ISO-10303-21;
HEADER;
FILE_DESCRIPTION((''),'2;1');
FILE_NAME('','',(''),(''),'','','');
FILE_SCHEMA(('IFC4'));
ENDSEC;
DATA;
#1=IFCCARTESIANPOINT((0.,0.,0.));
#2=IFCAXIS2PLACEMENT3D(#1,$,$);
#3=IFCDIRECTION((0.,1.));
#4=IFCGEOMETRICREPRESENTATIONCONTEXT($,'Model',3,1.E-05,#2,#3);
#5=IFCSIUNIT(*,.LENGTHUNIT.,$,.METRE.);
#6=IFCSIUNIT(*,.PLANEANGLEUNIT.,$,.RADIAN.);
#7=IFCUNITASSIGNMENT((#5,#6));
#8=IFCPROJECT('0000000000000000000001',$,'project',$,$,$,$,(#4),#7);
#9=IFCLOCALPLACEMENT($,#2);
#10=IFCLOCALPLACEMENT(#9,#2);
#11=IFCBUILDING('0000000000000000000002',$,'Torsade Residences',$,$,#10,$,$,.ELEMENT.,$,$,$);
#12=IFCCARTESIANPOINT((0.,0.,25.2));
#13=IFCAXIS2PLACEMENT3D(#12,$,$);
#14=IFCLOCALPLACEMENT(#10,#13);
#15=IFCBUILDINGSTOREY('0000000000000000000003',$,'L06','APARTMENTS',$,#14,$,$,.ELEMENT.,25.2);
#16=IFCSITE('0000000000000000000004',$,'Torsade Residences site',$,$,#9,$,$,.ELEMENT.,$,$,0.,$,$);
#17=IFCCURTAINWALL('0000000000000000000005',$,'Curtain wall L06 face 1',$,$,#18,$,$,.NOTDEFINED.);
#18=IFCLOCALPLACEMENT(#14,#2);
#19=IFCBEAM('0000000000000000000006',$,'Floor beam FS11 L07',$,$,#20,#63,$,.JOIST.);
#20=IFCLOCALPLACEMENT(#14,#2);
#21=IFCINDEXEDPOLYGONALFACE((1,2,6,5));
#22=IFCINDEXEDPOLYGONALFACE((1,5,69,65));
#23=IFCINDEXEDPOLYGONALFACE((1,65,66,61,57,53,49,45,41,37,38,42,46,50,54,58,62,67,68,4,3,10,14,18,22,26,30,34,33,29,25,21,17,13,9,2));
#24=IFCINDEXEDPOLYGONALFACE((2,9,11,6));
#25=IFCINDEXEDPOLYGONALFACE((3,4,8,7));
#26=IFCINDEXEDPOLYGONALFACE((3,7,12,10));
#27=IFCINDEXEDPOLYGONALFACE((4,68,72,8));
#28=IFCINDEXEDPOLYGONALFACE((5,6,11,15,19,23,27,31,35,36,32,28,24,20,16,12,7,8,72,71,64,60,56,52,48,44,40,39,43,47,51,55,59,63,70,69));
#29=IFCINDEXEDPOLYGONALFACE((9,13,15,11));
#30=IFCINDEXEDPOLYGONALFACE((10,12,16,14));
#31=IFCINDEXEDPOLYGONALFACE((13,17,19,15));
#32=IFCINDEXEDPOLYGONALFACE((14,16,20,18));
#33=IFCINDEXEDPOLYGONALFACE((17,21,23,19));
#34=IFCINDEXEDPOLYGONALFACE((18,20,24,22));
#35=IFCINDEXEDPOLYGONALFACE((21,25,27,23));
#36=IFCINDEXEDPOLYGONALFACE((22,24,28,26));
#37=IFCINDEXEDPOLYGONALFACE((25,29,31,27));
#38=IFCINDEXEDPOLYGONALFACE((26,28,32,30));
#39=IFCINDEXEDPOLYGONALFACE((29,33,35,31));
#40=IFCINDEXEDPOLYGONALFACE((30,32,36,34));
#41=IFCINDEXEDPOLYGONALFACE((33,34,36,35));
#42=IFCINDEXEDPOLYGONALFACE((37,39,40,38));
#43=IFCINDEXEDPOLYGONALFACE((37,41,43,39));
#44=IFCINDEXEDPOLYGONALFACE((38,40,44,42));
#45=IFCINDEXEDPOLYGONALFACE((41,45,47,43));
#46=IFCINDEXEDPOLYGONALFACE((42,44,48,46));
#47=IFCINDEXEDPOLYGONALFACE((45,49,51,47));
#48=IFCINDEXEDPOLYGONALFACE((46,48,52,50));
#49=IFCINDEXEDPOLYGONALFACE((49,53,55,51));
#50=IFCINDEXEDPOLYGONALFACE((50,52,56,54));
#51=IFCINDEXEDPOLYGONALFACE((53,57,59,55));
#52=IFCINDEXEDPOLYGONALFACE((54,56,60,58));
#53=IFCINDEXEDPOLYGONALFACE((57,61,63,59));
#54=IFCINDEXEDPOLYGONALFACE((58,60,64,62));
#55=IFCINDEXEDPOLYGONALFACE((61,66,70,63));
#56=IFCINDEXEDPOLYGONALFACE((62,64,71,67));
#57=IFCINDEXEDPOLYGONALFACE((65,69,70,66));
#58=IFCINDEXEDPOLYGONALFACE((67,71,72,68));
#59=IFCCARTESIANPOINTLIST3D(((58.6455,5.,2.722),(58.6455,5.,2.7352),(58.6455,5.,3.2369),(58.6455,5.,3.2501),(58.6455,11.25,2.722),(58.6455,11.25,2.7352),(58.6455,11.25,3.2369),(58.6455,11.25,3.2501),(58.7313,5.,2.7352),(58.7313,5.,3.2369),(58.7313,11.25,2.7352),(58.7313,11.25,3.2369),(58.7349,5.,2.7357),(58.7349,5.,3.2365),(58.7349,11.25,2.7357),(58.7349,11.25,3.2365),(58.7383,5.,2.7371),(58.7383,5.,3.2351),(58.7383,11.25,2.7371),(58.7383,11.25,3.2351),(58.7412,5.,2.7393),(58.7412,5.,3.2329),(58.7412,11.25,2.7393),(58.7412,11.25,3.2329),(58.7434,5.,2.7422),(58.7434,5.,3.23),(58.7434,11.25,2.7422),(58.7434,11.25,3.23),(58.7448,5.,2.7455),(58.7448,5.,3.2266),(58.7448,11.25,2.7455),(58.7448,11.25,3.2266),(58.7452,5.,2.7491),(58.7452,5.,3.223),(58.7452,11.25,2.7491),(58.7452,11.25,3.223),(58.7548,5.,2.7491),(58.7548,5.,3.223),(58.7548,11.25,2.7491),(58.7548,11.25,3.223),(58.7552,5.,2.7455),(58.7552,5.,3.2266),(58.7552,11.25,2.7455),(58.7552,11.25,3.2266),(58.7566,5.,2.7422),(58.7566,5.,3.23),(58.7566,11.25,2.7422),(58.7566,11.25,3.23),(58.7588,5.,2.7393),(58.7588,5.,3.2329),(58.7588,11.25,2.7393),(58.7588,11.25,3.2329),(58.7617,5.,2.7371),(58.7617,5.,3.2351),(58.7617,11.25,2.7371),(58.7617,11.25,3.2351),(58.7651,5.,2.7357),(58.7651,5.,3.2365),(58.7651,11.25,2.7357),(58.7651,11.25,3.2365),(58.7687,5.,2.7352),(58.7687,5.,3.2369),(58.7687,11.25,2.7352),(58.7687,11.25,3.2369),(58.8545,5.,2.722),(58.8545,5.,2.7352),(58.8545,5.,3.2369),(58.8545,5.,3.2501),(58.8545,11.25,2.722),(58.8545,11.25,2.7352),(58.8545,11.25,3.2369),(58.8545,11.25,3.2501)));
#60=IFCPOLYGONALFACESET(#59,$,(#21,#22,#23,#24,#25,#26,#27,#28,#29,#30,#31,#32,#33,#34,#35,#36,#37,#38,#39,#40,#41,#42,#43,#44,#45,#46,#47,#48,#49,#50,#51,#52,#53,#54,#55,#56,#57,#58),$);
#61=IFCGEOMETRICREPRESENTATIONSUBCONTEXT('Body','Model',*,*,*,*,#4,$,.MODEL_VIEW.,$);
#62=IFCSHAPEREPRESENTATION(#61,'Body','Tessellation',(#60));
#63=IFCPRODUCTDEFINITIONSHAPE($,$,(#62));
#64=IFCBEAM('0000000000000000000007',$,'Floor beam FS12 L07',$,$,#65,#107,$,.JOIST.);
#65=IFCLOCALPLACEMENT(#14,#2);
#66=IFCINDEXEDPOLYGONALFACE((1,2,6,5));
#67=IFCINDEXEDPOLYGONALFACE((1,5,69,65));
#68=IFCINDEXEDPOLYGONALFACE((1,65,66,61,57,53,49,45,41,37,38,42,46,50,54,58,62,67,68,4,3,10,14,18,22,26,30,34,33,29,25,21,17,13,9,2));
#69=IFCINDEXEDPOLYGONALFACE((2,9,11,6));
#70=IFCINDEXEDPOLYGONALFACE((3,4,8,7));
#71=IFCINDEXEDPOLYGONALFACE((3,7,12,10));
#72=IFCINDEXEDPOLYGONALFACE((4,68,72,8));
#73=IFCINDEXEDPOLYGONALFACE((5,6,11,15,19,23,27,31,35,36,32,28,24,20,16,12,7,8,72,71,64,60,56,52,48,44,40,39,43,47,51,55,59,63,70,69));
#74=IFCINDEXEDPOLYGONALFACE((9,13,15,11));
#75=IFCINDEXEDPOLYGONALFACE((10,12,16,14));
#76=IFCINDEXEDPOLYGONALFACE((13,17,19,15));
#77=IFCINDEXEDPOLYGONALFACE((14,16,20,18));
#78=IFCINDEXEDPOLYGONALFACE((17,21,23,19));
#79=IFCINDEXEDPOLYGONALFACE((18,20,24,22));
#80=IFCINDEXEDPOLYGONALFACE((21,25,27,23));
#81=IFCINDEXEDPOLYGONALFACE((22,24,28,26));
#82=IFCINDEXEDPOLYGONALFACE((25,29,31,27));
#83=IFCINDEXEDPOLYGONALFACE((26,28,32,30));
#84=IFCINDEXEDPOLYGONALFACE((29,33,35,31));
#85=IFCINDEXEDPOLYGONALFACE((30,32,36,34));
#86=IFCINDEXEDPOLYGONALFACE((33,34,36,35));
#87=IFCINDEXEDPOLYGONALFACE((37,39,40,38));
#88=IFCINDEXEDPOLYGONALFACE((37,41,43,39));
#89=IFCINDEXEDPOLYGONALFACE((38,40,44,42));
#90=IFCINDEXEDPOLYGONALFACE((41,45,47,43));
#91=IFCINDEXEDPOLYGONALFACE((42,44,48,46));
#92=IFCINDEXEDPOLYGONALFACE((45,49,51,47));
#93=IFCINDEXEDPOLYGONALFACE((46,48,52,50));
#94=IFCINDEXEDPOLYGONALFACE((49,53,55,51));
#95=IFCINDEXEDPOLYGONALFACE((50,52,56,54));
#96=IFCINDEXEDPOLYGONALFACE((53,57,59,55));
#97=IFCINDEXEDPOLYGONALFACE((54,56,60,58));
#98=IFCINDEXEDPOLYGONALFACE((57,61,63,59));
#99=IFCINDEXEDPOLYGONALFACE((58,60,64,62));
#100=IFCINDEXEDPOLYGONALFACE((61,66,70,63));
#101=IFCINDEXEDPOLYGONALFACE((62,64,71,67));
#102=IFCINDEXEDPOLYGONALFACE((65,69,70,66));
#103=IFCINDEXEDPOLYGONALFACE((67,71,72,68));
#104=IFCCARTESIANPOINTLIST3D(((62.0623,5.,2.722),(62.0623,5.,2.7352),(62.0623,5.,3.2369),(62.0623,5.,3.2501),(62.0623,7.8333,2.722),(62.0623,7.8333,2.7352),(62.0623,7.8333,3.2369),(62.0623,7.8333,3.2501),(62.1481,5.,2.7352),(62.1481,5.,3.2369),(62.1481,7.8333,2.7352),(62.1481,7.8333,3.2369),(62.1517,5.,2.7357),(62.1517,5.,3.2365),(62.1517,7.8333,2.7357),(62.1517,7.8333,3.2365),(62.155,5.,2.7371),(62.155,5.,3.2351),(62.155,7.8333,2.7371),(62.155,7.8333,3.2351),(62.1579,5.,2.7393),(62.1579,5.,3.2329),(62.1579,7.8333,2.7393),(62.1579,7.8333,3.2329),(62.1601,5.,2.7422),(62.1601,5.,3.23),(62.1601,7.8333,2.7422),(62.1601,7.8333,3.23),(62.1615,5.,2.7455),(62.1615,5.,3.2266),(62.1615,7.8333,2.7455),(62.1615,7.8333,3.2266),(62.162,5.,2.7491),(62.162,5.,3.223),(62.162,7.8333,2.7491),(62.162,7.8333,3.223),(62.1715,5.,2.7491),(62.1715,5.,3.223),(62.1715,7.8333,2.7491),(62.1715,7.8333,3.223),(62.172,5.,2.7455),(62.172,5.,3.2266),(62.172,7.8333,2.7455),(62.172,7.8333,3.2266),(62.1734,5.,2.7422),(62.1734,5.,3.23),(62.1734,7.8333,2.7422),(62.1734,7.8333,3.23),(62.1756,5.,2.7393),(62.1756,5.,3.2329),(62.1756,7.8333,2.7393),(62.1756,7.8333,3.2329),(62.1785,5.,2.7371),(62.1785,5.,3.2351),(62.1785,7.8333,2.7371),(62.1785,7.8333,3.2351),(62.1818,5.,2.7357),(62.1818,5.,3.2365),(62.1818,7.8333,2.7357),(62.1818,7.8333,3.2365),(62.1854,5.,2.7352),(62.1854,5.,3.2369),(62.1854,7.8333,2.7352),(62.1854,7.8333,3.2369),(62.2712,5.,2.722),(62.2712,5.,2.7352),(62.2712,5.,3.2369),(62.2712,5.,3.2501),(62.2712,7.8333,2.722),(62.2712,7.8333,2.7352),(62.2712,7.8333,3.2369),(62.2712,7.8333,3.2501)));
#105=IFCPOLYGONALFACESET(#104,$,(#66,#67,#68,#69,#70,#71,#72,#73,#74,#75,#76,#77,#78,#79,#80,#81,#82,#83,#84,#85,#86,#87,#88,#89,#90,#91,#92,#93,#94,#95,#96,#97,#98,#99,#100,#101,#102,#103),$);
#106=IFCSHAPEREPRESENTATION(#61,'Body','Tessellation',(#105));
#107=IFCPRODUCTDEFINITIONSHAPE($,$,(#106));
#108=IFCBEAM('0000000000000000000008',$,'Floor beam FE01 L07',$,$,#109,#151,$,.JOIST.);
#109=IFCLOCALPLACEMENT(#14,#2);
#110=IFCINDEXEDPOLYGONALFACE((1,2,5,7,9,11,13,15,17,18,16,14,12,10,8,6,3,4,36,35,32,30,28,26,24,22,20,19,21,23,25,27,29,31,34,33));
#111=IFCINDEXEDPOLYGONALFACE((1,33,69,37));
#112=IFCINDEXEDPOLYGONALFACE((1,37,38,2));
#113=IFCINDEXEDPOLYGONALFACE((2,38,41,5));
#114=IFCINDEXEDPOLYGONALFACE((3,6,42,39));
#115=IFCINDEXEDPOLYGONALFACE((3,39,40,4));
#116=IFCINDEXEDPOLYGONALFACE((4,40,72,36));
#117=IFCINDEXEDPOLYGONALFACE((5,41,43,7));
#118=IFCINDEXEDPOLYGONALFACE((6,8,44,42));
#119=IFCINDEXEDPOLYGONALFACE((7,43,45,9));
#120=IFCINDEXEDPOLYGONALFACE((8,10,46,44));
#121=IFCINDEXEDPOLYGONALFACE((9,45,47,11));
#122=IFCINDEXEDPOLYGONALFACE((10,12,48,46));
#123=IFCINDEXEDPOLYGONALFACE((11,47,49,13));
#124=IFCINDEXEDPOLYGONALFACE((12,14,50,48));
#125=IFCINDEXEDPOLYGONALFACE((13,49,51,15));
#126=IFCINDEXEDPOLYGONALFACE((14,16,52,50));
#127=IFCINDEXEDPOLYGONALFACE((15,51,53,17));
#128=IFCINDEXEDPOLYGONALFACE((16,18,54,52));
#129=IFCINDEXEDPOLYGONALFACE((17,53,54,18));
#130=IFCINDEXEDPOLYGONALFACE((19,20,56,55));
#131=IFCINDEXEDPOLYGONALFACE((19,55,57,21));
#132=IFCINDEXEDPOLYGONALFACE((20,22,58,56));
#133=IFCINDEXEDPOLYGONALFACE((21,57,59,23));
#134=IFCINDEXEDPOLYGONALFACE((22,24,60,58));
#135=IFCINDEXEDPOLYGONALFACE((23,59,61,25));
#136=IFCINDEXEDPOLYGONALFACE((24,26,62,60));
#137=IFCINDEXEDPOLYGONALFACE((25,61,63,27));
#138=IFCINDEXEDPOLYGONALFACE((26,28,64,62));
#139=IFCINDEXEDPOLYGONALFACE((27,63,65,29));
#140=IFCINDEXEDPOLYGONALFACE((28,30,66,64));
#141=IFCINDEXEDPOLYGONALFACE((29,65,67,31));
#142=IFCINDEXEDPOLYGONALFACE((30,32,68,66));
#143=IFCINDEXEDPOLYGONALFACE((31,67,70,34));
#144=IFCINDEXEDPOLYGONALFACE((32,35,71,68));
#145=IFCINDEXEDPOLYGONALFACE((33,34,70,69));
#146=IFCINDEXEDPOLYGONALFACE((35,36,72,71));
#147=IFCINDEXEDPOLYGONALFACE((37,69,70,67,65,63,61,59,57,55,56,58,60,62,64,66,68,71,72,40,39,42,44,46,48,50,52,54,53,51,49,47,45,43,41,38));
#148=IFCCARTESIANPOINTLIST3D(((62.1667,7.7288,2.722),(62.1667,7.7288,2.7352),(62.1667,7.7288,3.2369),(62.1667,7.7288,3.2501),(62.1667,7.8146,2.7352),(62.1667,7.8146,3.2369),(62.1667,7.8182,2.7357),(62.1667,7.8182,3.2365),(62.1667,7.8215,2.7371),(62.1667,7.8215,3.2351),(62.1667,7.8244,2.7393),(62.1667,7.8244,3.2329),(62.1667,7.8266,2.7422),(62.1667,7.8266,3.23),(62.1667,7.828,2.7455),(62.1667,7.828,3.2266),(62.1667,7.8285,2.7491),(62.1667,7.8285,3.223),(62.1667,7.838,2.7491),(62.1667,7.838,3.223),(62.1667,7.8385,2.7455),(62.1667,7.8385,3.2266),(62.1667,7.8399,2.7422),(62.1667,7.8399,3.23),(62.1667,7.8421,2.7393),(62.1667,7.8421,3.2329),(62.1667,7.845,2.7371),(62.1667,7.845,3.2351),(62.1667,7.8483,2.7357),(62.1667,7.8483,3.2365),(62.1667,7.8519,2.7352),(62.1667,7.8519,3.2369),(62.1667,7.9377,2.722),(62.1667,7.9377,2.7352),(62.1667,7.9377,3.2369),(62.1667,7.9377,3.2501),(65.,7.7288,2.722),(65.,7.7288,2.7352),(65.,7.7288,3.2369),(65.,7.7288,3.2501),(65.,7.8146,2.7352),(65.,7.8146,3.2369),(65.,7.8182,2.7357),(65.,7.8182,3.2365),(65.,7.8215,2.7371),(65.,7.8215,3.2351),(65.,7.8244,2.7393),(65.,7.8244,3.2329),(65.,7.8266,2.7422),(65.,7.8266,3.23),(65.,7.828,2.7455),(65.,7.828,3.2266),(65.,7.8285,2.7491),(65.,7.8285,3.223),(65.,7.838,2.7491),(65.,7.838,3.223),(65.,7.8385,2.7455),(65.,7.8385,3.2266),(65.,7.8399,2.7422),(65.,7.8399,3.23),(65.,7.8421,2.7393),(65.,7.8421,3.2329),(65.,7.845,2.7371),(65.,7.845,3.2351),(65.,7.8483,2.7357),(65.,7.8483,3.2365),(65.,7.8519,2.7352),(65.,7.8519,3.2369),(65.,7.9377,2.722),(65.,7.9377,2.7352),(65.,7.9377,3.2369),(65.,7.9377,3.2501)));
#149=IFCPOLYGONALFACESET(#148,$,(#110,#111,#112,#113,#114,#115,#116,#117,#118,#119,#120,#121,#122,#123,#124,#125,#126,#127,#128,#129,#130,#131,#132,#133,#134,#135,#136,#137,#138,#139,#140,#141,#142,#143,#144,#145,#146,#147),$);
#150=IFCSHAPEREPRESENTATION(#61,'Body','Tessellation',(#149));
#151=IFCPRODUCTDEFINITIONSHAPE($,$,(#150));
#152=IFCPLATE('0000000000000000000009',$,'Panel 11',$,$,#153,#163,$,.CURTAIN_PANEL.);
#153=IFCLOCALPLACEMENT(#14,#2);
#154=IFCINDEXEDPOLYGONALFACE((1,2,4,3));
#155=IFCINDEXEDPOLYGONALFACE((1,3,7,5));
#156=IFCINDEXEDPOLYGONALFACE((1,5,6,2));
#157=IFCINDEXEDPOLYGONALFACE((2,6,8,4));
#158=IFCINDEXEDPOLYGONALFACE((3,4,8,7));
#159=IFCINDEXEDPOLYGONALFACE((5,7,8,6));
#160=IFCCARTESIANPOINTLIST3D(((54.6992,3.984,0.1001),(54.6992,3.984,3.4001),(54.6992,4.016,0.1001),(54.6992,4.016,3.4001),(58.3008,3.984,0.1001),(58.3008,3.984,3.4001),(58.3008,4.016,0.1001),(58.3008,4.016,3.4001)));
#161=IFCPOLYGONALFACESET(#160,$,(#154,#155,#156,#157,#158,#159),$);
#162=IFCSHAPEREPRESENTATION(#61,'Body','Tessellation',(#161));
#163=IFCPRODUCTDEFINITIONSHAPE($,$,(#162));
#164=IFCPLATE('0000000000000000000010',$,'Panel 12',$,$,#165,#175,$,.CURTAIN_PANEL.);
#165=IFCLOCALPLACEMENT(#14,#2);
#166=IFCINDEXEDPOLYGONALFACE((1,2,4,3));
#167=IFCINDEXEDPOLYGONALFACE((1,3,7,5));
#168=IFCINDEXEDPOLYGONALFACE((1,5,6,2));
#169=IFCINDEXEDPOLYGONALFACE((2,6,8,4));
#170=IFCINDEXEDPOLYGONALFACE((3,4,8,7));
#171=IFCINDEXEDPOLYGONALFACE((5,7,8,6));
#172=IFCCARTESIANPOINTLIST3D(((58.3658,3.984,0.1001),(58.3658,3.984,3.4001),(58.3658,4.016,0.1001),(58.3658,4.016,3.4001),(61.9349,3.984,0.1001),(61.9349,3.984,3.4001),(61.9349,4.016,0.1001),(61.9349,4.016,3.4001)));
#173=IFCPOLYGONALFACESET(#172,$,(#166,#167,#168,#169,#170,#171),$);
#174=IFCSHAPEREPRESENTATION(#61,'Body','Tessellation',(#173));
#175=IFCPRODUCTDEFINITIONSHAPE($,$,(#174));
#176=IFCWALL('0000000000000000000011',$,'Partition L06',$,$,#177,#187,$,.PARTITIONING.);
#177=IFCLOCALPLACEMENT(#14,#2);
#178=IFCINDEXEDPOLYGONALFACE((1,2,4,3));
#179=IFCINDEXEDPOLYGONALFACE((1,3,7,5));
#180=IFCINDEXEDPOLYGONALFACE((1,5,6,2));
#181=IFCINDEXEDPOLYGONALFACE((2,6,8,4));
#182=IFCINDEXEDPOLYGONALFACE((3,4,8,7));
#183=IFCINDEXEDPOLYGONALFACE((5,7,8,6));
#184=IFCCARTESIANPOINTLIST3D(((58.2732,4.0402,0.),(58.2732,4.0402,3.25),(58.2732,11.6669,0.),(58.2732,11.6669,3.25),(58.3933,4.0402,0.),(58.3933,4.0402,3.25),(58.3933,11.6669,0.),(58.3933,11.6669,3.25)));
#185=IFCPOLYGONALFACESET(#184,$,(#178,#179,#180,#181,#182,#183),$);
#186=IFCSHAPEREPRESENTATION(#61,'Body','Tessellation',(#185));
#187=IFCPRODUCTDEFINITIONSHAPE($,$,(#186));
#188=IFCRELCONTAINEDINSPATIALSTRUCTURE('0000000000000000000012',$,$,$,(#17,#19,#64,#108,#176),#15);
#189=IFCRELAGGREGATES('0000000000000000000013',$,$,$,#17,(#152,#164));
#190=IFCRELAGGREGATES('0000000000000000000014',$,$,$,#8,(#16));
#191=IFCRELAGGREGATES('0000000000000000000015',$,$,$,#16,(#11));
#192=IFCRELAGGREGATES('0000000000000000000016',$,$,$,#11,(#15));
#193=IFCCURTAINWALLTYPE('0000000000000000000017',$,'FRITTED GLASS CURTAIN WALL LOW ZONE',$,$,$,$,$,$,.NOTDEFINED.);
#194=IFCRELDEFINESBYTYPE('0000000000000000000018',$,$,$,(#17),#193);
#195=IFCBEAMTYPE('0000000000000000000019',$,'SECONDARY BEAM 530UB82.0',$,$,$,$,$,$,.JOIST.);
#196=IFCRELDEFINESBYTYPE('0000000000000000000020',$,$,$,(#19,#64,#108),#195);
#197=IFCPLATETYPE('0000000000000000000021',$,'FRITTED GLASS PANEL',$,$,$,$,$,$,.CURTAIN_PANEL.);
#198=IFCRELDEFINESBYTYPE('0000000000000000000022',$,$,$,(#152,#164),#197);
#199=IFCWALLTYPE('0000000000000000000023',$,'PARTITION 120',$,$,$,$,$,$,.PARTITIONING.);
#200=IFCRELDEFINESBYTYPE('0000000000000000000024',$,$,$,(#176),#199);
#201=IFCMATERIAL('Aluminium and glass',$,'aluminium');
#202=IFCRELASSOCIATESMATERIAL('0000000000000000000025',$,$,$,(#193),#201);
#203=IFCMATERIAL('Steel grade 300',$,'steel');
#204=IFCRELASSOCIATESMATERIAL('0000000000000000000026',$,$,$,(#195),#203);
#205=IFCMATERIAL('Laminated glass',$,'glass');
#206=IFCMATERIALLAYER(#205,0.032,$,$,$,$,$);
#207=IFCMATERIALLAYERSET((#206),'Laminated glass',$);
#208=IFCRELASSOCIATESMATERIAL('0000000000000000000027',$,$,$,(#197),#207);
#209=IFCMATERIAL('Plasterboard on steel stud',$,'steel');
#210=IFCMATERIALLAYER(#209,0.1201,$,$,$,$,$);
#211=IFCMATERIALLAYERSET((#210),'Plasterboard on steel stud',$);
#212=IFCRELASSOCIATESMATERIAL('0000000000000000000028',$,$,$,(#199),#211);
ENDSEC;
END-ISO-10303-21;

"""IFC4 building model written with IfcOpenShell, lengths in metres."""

from ifc_helpers import new_model, si_unit, direction, frame, frame_2d, origin, origin_2d, place, context, subcontext, project, spatial, rectangle, i_section, extrude, material, layer, layer_set, material_profile, profile_set, type_object, element, aggregate, save


model = new_model("IFC4")

# Units and contexts
model_context = context("Model", 3, precision=1e-05, world=origin(), true_north=direction((0.0, 1.0)))
body_context = subcontext(model_context, "Body", "Model", "MODEL_VIEW")
ifc_project = project(units=[si_unit("LENGTHUNIT", "METRE"), si_unit("PLANEANGLEUNIT", "RADIAN")], contexts=[model_context])

# Site, building, storey
site_placement = place(None, origin())
site = spatial("IfcSite", under=ifc_project, at=site_placement, Name="Torsade Residences site", CompositionType="ELEMENT", RefElevation=0.0)
building_placement = place(site_placement, origin())
building = spatial("IfcBuilding", under=site, at=building_placement, Name="Torsade Residences", CompositionType="ELEMENT")
storey_placement = place(building_placement, frame((0.0, 0.0, 25.2)))
storey = spatial("IfcBuildingStorey", under=building, at=storey_placement, Name="L06", Description="APARTMENTS", CompositionType="ELEMENT", Elevation=25.2)

# Curtain wall
ifc_material_1 = material(Name="Aluminium and glass", Category="aluminium")
curtain_wall_type = type_object("IfcCurtainWallType", Name="FRITTED GLASS CURTAIN WALL LOW ZONE", PredefinedType="NOTDEFINED", material=ifc_material_1)
curtain_wall_placement = place(storey_placement, origin())
curtain_wall = element("IfcCurtainWall", 1, at=curtain_wall_placement, inside=storey, type_object=curtain_wall_type, Name="Curtain wall L06 face 1", PredefinedType="NOTDEFINED")

# Beams
ifc_material_2 = material(Name="Steel grade 300", Category="steel")
ifc_material_profile_1 = material_profile(ifc_material_2, i_section(OverallWidth=0.209, OverallDepth=0.5281, WebThickness=0.0095, FlangeThickness=0.0132, FilletRadius=0.0139, at=origin_2d()), Name="530UB82.0")
ifc_profile_set_1 = profile_set([ifc_material_profile_1], Name="Steel grade 300")
beam_type_1 = type_object("IfcBeamType", Name="SECONDARY BEAM 530UB82.0", PredefinedType="JOIST", material=ifc_profile_set_1)
beam_1_placement = place(storey_placement, frame((58.75, 5.0, 2.9861), z_axis=(0.0, 1.0, 0.0), x_axis=(-1.0, 0.0, 0.0)))
element("IfcBeam", 2, at=beam_1_placement, inside=storey, type_object=beam_type_1, Name="Floor beam FS11 L07", PredefinedType="JOIST", context=body_context, shape_type="SweptSolid", body=[
    extrude(i_section(OverallWidth=0.209, OverallDepth=0.5281, WebThickness=0.0095, FlangeThickness=0.0132, FilletRadius=0.0139, at=origin_2d()), origin(), (0.0, 0.0, 1.0), 6.25),
])
for number, where, z_axis, x_axis, name in (
    (3, (62.1667, 5.0, 2.9861), (0.0, 1.0, 0.0), (-1.0, 0.0, 0.0), "Floor beam FS12 L07"),
    (4, (65.0, 7.8333, 2.9861), (-1.0, 0.0, 0.0), (0.0, -1.0, 0.0), "Floor beam FE01 L07"),
):
    element("IfcBeam", number, at=place(storey_placement, frame(where, z_axis=z_axis, x_axis=x_axis)), inside=storey, type_object=beam_type_1, Name=name, PredefinedType="JOIST", context=body_context, shape_type="SweptSolid", body=[
        extrude(i_section(OverallWidth=0.209, OverallDepth=0.5281, WebThickness=0.0095, FlangeThickness=0.0132, FilletRadius=0.0139, at=origin_2d()), origin(), (0.0, 0.0, 1.0), 2.8333),
    ])

# Plates
ifc_material_3 = material(Name="Laminated glass", Category="glass")
ifc_layer_1 = layer(ifc_material_3, 0.032)
ifc_layer_set_1 = layer_set([ifc_layer_1], Name="Laminated glass")
plate_type = type_object("IfcPlateType", Name="FRITTED GLASS PANEL", PredefinedType="CURTAIN_PANEL", material=ifc_layer_set_1)
plate_1_placement = place(storey_placement, frame((56.5, 4.0, 0.1001), z_axis=(0.0, 0.0, 1.0), x_axis=(1.0, 0.0, 0.0)))
plate_1 = element("IfcPlate", 5, at=plate_1_placement, type_object=plate_type, Name="Panel 11", PredefinedType="CURTAIN_PANEL", context=body_context, shape_type="SweptSolid", body=[
    extrude(rectangle(XDim=3.6016, YDim=0.032, at=origin_2d()), origin(), (0.0, 0.0, 1.0), 3.3),
])
plate_2_placement = place(storey_placement, frame((60.1504, 4.0, 0.1001), z_axis=(0.0, 0.0, 1.0), x_axis=(1.0, 0.0, 0.0)))
plate_2 = element("IfcPlate", 6, at=plate_2_placement, type_object=plate_type, Name="Panel 12", PredefinedType="CURTAIN_PANEL", context=body_context, shape_type="SweptSolid", body=[
    extrude(rectangle(XDim=3.5691, YDim=0.032, at=origin_2d()), origin(), (0.0, 0.0, 1.0), 3.3),
])
aggregate(curtain_wall, [plate_1, plate_2])

# Wall
ifc_material_4 = material(Name="Plasterboard on steel stud", Category="steel")
ifc_layer_2 = layer(ifc_material_4, 0.1201)
ifc_layer_set_2 = layer_set([ifc_layer_2], Name="Plasterboard on steel stud")
wall_type_1 = type_object("IfcWallType", Name="PARTITION 120", PredefinedType="PARTITIONING", material=ifc_layer_set_2)
wall_1_placement = place(storey_placement, frame((58.3333, 4.04, 0.0), z_axis=(0.0, 0.0, 1.0), x_axis=(0.0, 1.0, 0.0)))
element("IfcWall", 7, at=wall_1_placement, inside=storey, type_object=wall_type_1, Name="Partition L06", PredefinedType="PARTITIONING", context=body_context, shape_type="SweptSolid", body=[
    extrude(rectangle(XDim=7.6267, YDim=0.1201, at=frame_2d((3.8135, 0.0))), origin(), (0.0, 0.0, 1.0), 3.25),
])

save(model, "model.ifc")
